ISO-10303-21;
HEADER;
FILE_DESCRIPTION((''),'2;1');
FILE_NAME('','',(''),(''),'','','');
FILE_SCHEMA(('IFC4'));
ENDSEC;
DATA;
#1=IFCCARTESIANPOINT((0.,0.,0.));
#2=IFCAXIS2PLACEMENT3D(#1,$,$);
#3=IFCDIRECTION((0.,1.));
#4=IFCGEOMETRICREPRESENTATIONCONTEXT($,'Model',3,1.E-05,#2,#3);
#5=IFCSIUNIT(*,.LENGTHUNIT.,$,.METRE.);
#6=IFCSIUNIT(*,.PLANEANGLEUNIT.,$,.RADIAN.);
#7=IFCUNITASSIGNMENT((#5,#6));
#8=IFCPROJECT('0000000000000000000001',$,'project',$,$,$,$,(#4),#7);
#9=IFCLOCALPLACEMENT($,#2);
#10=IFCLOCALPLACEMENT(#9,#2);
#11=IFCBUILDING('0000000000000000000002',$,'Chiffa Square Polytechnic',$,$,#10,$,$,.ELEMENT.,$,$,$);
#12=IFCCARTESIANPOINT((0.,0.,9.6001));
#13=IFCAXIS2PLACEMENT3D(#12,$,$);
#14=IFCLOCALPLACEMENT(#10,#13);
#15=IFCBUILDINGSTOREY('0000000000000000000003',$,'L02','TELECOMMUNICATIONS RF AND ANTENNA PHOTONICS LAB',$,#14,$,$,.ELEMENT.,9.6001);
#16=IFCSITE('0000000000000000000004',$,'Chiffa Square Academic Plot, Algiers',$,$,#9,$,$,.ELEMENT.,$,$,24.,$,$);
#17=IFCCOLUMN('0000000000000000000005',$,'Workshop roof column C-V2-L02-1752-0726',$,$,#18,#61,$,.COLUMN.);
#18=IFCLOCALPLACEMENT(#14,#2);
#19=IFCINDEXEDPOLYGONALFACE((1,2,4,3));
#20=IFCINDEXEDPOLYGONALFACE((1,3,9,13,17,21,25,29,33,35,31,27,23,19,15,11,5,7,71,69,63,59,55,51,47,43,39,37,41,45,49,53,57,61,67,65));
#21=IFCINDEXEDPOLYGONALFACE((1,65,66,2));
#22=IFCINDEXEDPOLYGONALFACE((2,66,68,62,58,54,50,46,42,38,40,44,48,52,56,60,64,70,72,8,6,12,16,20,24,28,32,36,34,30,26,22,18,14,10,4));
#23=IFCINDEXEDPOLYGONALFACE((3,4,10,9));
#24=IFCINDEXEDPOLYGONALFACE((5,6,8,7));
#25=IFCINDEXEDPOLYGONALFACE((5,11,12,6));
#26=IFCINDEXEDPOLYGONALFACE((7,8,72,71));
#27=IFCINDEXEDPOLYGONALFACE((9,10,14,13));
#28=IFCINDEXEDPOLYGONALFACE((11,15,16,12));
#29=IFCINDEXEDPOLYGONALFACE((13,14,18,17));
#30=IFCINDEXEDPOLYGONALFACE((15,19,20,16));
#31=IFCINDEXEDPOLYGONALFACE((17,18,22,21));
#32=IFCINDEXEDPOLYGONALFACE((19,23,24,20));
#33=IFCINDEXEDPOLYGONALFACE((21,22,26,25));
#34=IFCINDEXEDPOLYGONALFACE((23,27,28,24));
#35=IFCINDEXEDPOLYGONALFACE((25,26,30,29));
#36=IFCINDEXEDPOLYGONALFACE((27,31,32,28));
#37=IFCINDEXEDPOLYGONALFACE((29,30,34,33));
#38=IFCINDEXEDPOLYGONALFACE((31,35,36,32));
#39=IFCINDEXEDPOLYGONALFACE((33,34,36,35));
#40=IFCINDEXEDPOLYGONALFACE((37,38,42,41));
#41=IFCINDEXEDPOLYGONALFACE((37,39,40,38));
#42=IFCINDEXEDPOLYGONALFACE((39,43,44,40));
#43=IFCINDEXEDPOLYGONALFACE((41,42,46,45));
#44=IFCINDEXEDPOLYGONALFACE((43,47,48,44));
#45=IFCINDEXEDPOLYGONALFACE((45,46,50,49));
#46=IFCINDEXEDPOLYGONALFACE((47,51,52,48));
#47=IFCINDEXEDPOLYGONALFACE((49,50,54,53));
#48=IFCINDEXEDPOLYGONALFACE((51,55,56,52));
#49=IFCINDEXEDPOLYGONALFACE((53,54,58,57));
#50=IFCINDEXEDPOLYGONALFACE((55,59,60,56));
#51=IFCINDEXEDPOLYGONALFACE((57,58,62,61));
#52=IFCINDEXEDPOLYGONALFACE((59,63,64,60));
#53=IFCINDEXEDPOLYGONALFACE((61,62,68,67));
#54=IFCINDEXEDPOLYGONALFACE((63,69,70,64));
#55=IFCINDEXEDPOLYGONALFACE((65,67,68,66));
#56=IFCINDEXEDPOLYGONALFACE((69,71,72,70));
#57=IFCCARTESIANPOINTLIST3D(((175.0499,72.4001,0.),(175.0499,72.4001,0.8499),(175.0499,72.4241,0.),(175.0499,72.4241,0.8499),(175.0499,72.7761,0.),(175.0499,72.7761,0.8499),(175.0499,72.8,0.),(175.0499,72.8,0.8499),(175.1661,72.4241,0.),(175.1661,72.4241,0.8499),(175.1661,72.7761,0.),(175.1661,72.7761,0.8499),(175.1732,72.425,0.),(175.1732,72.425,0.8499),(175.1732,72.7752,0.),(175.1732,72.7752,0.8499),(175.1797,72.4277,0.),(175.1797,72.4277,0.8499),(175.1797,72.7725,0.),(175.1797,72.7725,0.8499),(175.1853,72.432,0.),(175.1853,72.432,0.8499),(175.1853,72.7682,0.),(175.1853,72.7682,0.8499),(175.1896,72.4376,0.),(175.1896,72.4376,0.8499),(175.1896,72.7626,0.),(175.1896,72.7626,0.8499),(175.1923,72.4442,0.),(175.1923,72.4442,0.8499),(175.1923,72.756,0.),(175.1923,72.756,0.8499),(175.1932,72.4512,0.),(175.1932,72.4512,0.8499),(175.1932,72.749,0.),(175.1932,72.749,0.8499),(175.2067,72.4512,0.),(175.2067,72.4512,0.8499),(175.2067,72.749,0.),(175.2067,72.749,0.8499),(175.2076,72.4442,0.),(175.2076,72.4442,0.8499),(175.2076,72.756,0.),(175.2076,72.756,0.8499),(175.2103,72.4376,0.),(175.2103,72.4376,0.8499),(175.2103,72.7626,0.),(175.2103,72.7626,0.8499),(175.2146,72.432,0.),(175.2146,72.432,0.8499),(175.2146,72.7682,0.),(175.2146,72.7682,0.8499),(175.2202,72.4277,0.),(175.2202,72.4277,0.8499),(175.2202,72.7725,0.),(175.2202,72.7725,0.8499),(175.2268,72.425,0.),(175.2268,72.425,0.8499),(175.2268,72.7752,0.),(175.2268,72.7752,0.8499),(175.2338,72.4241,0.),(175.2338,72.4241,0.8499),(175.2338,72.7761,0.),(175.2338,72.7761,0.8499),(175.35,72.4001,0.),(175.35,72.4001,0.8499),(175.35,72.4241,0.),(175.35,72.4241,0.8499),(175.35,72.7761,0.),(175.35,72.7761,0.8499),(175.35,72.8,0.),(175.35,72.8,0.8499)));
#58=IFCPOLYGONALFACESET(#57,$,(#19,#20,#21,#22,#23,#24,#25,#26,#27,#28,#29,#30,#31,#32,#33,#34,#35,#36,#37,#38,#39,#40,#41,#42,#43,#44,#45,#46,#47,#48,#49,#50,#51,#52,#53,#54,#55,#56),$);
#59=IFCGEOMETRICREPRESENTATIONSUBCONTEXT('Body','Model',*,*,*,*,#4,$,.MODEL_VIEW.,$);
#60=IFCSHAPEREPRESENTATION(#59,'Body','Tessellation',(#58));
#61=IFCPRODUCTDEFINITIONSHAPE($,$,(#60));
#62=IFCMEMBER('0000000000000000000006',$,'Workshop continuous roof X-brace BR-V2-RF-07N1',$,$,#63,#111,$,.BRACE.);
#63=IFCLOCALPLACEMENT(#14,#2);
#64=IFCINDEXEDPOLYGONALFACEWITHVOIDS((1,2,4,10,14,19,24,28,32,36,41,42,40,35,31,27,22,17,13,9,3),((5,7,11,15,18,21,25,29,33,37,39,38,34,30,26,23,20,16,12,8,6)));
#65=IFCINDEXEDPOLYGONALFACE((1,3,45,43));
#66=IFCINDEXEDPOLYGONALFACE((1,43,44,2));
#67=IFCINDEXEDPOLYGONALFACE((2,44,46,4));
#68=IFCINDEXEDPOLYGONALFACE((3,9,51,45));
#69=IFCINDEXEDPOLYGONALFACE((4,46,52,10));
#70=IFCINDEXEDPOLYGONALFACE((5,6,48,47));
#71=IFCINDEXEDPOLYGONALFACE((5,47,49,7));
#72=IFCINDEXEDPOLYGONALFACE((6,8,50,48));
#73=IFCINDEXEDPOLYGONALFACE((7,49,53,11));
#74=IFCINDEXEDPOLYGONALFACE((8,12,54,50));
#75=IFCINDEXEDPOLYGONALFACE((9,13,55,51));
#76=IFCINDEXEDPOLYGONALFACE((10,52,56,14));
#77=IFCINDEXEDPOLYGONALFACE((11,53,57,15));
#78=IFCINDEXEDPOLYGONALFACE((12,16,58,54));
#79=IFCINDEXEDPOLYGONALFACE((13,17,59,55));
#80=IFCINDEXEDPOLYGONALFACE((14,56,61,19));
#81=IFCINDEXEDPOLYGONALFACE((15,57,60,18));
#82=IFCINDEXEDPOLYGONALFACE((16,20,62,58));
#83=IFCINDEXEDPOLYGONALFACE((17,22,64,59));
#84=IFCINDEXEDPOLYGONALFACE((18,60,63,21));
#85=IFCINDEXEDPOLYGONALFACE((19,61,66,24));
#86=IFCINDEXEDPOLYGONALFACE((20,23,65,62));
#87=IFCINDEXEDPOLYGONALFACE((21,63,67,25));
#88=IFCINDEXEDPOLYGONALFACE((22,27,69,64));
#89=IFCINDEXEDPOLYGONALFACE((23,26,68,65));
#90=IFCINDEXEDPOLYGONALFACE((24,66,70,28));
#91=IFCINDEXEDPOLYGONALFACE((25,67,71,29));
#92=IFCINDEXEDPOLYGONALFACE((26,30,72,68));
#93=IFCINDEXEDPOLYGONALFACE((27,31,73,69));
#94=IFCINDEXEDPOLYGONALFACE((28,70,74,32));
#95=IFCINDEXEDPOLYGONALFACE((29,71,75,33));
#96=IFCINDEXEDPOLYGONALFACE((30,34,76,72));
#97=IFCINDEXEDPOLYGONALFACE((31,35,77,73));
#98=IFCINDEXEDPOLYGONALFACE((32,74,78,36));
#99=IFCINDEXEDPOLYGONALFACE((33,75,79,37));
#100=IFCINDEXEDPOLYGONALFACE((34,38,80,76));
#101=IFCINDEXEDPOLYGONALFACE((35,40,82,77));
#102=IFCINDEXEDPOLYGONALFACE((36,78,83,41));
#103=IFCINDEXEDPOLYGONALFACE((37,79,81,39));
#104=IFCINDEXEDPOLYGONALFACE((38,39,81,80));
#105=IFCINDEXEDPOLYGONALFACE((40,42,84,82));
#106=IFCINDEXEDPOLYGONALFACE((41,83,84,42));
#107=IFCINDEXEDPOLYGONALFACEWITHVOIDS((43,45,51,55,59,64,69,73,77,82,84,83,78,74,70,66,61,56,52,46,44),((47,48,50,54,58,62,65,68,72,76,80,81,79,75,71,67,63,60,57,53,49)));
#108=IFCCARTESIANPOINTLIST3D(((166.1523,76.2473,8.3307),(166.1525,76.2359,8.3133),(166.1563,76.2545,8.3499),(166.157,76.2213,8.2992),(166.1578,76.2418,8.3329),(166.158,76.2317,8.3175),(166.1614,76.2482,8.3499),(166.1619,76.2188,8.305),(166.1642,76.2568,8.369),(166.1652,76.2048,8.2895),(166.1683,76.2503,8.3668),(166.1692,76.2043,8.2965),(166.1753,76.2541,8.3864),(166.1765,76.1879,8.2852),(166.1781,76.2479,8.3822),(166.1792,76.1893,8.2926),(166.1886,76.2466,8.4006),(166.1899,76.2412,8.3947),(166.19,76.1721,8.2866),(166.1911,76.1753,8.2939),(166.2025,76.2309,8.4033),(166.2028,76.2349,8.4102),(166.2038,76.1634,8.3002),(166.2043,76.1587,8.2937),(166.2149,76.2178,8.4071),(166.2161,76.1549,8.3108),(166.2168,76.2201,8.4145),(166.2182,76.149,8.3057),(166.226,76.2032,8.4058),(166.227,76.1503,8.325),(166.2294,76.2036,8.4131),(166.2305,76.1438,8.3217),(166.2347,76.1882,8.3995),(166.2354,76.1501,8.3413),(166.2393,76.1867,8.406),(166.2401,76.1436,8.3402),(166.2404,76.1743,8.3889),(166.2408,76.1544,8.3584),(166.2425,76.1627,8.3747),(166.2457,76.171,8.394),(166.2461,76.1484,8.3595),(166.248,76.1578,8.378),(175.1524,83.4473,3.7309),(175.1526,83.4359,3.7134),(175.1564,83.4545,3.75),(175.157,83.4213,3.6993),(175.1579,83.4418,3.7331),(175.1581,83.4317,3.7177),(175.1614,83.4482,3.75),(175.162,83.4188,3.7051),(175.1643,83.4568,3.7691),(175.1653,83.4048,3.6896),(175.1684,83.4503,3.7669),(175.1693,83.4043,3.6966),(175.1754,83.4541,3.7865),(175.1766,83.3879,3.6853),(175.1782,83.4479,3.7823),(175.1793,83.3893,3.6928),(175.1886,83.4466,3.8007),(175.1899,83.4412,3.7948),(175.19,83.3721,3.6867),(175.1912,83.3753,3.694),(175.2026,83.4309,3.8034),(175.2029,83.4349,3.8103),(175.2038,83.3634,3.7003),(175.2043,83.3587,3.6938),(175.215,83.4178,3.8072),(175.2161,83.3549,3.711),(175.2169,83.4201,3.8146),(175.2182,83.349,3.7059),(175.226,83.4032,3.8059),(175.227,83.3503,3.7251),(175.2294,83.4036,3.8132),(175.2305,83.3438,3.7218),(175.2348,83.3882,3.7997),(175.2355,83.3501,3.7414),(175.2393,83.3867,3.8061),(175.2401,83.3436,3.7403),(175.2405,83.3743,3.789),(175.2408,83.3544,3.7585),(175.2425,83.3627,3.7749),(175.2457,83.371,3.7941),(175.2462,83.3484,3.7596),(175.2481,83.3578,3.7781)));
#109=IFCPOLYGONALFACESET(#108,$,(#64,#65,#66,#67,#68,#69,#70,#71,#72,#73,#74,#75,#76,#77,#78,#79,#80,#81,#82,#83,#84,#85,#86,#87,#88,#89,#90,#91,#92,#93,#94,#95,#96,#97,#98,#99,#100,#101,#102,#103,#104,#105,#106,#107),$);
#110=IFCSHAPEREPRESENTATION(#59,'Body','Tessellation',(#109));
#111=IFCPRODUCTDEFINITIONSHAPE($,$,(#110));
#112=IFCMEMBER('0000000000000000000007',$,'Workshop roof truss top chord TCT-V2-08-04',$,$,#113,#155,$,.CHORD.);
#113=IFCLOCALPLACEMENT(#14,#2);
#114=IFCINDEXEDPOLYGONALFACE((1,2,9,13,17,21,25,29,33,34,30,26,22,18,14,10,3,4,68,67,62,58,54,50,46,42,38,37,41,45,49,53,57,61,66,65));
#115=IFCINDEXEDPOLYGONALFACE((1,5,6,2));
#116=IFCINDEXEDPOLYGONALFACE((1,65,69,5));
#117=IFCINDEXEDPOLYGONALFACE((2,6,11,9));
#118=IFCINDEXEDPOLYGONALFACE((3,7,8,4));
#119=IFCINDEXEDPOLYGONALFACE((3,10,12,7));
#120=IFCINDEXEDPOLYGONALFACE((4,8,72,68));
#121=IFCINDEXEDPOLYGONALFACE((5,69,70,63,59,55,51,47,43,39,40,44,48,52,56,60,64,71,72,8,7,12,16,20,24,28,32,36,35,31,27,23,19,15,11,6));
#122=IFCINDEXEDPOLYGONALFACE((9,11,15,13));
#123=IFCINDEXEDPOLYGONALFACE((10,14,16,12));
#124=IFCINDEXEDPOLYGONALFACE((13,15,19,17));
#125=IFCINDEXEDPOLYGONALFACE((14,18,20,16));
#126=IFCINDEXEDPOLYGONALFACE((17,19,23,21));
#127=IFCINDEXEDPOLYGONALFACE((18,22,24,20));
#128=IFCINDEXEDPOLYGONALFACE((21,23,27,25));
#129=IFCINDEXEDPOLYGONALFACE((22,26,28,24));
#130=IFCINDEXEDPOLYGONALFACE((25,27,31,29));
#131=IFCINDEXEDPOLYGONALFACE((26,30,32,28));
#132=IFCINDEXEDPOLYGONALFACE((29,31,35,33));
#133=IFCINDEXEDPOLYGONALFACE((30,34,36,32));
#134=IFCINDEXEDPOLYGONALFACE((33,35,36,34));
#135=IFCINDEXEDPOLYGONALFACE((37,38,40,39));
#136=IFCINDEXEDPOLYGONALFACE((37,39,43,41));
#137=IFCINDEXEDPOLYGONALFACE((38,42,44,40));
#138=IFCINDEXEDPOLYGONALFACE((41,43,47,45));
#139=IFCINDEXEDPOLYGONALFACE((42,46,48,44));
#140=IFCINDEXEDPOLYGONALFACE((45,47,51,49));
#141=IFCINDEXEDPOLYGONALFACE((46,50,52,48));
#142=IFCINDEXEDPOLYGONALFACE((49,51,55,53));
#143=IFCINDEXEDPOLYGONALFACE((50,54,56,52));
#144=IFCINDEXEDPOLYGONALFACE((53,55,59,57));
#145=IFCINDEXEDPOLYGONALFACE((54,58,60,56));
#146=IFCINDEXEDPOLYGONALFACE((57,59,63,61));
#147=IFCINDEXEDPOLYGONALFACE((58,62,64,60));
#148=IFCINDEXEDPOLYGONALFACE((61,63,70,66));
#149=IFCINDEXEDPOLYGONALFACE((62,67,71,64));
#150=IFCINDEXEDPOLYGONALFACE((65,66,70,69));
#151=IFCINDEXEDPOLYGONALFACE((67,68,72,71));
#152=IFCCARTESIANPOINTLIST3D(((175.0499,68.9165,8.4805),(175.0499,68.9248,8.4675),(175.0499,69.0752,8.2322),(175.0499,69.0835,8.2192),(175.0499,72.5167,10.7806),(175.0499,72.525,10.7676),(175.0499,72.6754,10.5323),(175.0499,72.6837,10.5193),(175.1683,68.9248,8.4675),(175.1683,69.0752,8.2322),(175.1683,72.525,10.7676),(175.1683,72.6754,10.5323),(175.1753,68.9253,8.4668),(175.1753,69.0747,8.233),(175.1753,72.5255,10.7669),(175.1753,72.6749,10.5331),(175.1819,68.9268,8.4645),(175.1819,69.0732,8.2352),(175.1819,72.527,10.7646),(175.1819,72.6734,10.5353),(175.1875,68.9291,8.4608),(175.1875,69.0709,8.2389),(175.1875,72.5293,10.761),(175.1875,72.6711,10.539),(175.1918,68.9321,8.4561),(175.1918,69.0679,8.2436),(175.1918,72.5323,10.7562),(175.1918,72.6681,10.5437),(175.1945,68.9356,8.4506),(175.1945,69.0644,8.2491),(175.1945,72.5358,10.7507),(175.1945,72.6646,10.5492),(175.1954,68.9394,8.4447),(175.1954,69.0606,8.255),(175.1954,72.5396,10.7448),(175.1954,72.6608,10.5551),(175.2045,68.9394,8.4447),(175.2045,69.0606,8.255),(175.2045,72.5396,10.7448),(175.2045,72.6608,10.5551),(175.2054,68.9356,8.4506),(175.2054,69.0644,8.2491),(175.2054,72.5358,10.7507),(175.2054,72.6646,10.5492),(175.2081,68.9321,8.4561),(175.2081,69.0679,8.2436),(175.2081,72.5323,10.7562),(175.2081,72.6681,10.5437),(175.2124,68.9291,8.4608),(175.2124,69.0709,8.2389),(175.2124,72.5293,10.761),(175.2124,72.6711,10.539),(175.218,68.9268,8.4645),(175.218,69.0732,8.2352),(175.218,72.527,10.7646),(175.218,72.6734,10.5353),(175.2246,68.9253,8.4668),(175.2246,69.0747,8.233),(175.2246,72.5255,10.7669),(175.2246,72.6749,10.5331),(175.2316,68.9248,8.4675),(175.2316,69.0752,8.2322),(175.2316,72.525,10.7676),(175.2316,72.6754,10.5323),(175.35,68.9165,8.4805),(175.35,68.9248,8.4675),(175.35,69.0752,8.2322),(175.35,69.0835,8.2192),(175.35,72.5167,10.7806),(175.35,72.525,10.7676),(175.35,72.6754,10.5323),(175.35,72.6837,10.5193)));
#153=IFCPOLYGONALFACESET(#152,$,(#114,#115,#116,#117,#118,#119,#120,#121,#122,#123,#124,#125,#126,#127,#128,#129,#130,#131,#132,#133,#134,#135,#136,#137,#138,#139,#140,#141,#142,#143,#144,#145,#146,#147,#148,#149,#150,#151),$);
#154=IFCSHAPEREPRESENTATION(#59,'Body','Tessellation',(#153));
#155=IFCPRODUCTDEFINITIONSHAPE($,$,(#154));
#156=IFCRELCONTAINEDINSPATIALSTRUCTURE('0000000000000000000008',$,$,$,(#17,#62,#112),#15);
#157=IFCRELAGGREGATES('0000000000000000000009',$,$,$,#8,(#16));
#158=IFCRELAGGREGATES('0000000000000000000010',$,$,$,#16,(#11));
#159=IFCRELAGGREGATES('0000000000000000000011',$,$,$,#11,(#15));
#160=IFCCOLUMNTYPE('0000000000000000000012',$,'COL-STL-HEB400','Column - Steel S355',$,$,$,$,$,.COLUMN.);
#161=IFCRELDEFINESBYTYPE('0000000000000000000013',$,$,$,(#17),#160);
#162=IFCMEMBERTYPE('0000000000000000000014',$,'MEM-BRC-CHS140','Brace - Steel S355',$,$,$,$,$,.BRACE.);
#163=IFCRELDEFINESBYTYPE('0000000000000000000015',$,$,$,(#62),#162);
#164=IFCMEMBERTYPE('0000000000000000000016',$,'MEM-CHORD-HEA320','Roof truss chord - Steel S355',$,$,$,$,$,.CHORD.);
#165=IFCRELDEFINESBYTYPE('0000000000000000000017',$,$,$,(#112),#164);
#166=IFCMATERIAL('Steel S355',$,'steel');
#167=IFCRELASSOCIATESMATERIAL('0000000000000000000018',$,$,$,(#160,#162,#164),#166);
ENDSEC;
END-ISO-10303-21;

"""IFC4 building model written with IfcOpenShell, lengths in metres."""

from ifc_helpers import new_model, si_unit, direction, frame, origin, origin_2d, place, context, subcontext, project, spatial, hollow_circle, i_section, extrude, material, material_profile, profile_set, type_object, element, save


model = new_model("IFC4")

# Units and contexts
model_context = context("Model", 3, precision=1e-05, world=origin(), true_north=direction((0.0, 1.0)))
body_context = subcontext(model_context, "Body", "Model", "MODEL_VIEW")
ifc_project = project(units=[si_unit("LENGTHUNIT", "METRE"), si_unit("PLANEANGLEUNIT", "RADIAN")], contexts=[model_context])

# Site, building, storey
site_placement = place(None, origin())
site = spatial("IfcSite", under=ifc_project, at=site_placement, Name="Chiffa Square Academic Plot, Algiers", CompositionType="ELEMENT", RefElevation=24.0)
building_placement = place(site_placement, origin())
building = spatial("IfcBuilding", under=site, at=building_placement, Name="Chiffa Square Polytechnic", CompositionType="ELEMENT")
storey_placement = place(building_placement, frame((0.0, 0.0, 9.6001)))
storey = spatial("IfcBuildingStorey", under=building, at=storey_placement, Name="L02", Description="TELECOMMUNICATIONS RF AND ANTENNA PHOTONICS LAB", CompositionType="ELEMENT", Elevation=9.6001)

# Column
ifc_material_1 = material(Name="Steel S355", Category="steel")
ifc_material_profile_1 = material_profile(ifc_material_1, i_section(OverallWidth=0.3, OverallDepth=0.3999, WebThickness=0.0134, FlangeThickness=0.0239, FilletRadius=0.0271, at=origin_2d()), Name="HEB 400")
ifc_profile_set_1 = profile_set([ifc_material_profile_1], Name="Steel S355")
column_type = type_object("IfcColumnType", Name="COL-STL-HEB400", Description="Column - Steel S355", PredefinedType="COLUMN", material=ifc_profile_set_1)
column_placement = place(storey_placement, frame((175.2, 72.6001, 0.0), z_axis=(0.0, 0.0, 1.0), x_axis=(1.0, 0.0, 0.0)))
element("IfcColumn", 1, at=column_placement, inside=storey, type_object=column_type, Name="Workshop roof column C-V2-L02-1752-0726", PredefinedType="COLUMN", context=body_context, shape_type="SweptSolid", body=[
    extrude(i_section(OverallWidth=0.3, OverallDepth=0.3999, WebThickness=0.0134, FlangeThickness=0.0239, FilletRadius=0.0271, at=origin_2d()), origin(), (0.0, 0.0, 1.0), 0.8499),
])

# Members
ifc_material_profile_2 = material_profile(ifc_material_1, hollow_circle(Radius=0.0698, WallThickness=0.0081, at=origin_2d()), Name="CHS 139.7x8")
ifc_profile_set_2 = profile_set([ifc_material_profile_2], Name="Steel S355")
member_type_1 = type_object("IfcMemberType", Name="MEM-BRC-CHS140", Description="Brace - Steel S355", PredefinedType="BRACE", material=ifc_profile_set_2)
member_1_placement = place(storey_placement, frame((166.2, 76.2, 8.3499), z_axis=(0.725245, 0.580192, -0.370669), x_axis=(-0.624692, 0.780871, 0.0)))
element("IfcMember", 2, at=member_1_placement, inside=storey, type_object=member_type_1, Name="Workshop continuous roof X-brace BR-V2-RF-07N1", PredefinedType="BRACE", context=body_context, shape_type="SweptSolid", body=[
    extrude(hollow_circle(Radius=0.0698, WallThickness=0.0081, at=origin_2d()), origin(), (0.0, 0.0, 1.0), 12.4097),
])
ifc_material_profile_3 = material_profile(ifc_material_1, i_section(OverallWidth=0.3, OverallDepth=0.3101, WebThickness=0.009, FlangeThickness=0.0154, FilletRadius=0.0271, at=origin_2d()), Name="HEA 320")
ifc_profile_set_3 = profile_set([ifc_material_profile_3], Name="Steel S355")
member_type_2 = type_object("IfcMemberType", Name="MEM-CHORD-HEA320", Description="Roof truss chord - Steel S355", PredefinedType="CHORD", material=ifc_profile_set_3)
member_2_placement = place(storey_placement, frame((175.2, 69.0, 8.3499), z_axis=(0.0, 0.842698, 0.538387), x_axis=(-1.0, 0.0, 0.0)))
element("IfcMember", 3, at=member_2_placement, inside=storey, type_object=member_type_2, Name="Workshop roof truss top chord TCT-V2-08-04", PredefinedType="CHORD", context=body_context, shape_type="SweptSolid", body=[
    extrude(i_section(OverallWidth=0.3, OverallDepth=0.3101, WebThickness=0.009, FlangeThickness=0.0154, FilletRadius=0.0271, at=origin_2d()), origin(), (0.0, 0.0, 1.0), 4.2722),
])

save(model, "model.ifc")
